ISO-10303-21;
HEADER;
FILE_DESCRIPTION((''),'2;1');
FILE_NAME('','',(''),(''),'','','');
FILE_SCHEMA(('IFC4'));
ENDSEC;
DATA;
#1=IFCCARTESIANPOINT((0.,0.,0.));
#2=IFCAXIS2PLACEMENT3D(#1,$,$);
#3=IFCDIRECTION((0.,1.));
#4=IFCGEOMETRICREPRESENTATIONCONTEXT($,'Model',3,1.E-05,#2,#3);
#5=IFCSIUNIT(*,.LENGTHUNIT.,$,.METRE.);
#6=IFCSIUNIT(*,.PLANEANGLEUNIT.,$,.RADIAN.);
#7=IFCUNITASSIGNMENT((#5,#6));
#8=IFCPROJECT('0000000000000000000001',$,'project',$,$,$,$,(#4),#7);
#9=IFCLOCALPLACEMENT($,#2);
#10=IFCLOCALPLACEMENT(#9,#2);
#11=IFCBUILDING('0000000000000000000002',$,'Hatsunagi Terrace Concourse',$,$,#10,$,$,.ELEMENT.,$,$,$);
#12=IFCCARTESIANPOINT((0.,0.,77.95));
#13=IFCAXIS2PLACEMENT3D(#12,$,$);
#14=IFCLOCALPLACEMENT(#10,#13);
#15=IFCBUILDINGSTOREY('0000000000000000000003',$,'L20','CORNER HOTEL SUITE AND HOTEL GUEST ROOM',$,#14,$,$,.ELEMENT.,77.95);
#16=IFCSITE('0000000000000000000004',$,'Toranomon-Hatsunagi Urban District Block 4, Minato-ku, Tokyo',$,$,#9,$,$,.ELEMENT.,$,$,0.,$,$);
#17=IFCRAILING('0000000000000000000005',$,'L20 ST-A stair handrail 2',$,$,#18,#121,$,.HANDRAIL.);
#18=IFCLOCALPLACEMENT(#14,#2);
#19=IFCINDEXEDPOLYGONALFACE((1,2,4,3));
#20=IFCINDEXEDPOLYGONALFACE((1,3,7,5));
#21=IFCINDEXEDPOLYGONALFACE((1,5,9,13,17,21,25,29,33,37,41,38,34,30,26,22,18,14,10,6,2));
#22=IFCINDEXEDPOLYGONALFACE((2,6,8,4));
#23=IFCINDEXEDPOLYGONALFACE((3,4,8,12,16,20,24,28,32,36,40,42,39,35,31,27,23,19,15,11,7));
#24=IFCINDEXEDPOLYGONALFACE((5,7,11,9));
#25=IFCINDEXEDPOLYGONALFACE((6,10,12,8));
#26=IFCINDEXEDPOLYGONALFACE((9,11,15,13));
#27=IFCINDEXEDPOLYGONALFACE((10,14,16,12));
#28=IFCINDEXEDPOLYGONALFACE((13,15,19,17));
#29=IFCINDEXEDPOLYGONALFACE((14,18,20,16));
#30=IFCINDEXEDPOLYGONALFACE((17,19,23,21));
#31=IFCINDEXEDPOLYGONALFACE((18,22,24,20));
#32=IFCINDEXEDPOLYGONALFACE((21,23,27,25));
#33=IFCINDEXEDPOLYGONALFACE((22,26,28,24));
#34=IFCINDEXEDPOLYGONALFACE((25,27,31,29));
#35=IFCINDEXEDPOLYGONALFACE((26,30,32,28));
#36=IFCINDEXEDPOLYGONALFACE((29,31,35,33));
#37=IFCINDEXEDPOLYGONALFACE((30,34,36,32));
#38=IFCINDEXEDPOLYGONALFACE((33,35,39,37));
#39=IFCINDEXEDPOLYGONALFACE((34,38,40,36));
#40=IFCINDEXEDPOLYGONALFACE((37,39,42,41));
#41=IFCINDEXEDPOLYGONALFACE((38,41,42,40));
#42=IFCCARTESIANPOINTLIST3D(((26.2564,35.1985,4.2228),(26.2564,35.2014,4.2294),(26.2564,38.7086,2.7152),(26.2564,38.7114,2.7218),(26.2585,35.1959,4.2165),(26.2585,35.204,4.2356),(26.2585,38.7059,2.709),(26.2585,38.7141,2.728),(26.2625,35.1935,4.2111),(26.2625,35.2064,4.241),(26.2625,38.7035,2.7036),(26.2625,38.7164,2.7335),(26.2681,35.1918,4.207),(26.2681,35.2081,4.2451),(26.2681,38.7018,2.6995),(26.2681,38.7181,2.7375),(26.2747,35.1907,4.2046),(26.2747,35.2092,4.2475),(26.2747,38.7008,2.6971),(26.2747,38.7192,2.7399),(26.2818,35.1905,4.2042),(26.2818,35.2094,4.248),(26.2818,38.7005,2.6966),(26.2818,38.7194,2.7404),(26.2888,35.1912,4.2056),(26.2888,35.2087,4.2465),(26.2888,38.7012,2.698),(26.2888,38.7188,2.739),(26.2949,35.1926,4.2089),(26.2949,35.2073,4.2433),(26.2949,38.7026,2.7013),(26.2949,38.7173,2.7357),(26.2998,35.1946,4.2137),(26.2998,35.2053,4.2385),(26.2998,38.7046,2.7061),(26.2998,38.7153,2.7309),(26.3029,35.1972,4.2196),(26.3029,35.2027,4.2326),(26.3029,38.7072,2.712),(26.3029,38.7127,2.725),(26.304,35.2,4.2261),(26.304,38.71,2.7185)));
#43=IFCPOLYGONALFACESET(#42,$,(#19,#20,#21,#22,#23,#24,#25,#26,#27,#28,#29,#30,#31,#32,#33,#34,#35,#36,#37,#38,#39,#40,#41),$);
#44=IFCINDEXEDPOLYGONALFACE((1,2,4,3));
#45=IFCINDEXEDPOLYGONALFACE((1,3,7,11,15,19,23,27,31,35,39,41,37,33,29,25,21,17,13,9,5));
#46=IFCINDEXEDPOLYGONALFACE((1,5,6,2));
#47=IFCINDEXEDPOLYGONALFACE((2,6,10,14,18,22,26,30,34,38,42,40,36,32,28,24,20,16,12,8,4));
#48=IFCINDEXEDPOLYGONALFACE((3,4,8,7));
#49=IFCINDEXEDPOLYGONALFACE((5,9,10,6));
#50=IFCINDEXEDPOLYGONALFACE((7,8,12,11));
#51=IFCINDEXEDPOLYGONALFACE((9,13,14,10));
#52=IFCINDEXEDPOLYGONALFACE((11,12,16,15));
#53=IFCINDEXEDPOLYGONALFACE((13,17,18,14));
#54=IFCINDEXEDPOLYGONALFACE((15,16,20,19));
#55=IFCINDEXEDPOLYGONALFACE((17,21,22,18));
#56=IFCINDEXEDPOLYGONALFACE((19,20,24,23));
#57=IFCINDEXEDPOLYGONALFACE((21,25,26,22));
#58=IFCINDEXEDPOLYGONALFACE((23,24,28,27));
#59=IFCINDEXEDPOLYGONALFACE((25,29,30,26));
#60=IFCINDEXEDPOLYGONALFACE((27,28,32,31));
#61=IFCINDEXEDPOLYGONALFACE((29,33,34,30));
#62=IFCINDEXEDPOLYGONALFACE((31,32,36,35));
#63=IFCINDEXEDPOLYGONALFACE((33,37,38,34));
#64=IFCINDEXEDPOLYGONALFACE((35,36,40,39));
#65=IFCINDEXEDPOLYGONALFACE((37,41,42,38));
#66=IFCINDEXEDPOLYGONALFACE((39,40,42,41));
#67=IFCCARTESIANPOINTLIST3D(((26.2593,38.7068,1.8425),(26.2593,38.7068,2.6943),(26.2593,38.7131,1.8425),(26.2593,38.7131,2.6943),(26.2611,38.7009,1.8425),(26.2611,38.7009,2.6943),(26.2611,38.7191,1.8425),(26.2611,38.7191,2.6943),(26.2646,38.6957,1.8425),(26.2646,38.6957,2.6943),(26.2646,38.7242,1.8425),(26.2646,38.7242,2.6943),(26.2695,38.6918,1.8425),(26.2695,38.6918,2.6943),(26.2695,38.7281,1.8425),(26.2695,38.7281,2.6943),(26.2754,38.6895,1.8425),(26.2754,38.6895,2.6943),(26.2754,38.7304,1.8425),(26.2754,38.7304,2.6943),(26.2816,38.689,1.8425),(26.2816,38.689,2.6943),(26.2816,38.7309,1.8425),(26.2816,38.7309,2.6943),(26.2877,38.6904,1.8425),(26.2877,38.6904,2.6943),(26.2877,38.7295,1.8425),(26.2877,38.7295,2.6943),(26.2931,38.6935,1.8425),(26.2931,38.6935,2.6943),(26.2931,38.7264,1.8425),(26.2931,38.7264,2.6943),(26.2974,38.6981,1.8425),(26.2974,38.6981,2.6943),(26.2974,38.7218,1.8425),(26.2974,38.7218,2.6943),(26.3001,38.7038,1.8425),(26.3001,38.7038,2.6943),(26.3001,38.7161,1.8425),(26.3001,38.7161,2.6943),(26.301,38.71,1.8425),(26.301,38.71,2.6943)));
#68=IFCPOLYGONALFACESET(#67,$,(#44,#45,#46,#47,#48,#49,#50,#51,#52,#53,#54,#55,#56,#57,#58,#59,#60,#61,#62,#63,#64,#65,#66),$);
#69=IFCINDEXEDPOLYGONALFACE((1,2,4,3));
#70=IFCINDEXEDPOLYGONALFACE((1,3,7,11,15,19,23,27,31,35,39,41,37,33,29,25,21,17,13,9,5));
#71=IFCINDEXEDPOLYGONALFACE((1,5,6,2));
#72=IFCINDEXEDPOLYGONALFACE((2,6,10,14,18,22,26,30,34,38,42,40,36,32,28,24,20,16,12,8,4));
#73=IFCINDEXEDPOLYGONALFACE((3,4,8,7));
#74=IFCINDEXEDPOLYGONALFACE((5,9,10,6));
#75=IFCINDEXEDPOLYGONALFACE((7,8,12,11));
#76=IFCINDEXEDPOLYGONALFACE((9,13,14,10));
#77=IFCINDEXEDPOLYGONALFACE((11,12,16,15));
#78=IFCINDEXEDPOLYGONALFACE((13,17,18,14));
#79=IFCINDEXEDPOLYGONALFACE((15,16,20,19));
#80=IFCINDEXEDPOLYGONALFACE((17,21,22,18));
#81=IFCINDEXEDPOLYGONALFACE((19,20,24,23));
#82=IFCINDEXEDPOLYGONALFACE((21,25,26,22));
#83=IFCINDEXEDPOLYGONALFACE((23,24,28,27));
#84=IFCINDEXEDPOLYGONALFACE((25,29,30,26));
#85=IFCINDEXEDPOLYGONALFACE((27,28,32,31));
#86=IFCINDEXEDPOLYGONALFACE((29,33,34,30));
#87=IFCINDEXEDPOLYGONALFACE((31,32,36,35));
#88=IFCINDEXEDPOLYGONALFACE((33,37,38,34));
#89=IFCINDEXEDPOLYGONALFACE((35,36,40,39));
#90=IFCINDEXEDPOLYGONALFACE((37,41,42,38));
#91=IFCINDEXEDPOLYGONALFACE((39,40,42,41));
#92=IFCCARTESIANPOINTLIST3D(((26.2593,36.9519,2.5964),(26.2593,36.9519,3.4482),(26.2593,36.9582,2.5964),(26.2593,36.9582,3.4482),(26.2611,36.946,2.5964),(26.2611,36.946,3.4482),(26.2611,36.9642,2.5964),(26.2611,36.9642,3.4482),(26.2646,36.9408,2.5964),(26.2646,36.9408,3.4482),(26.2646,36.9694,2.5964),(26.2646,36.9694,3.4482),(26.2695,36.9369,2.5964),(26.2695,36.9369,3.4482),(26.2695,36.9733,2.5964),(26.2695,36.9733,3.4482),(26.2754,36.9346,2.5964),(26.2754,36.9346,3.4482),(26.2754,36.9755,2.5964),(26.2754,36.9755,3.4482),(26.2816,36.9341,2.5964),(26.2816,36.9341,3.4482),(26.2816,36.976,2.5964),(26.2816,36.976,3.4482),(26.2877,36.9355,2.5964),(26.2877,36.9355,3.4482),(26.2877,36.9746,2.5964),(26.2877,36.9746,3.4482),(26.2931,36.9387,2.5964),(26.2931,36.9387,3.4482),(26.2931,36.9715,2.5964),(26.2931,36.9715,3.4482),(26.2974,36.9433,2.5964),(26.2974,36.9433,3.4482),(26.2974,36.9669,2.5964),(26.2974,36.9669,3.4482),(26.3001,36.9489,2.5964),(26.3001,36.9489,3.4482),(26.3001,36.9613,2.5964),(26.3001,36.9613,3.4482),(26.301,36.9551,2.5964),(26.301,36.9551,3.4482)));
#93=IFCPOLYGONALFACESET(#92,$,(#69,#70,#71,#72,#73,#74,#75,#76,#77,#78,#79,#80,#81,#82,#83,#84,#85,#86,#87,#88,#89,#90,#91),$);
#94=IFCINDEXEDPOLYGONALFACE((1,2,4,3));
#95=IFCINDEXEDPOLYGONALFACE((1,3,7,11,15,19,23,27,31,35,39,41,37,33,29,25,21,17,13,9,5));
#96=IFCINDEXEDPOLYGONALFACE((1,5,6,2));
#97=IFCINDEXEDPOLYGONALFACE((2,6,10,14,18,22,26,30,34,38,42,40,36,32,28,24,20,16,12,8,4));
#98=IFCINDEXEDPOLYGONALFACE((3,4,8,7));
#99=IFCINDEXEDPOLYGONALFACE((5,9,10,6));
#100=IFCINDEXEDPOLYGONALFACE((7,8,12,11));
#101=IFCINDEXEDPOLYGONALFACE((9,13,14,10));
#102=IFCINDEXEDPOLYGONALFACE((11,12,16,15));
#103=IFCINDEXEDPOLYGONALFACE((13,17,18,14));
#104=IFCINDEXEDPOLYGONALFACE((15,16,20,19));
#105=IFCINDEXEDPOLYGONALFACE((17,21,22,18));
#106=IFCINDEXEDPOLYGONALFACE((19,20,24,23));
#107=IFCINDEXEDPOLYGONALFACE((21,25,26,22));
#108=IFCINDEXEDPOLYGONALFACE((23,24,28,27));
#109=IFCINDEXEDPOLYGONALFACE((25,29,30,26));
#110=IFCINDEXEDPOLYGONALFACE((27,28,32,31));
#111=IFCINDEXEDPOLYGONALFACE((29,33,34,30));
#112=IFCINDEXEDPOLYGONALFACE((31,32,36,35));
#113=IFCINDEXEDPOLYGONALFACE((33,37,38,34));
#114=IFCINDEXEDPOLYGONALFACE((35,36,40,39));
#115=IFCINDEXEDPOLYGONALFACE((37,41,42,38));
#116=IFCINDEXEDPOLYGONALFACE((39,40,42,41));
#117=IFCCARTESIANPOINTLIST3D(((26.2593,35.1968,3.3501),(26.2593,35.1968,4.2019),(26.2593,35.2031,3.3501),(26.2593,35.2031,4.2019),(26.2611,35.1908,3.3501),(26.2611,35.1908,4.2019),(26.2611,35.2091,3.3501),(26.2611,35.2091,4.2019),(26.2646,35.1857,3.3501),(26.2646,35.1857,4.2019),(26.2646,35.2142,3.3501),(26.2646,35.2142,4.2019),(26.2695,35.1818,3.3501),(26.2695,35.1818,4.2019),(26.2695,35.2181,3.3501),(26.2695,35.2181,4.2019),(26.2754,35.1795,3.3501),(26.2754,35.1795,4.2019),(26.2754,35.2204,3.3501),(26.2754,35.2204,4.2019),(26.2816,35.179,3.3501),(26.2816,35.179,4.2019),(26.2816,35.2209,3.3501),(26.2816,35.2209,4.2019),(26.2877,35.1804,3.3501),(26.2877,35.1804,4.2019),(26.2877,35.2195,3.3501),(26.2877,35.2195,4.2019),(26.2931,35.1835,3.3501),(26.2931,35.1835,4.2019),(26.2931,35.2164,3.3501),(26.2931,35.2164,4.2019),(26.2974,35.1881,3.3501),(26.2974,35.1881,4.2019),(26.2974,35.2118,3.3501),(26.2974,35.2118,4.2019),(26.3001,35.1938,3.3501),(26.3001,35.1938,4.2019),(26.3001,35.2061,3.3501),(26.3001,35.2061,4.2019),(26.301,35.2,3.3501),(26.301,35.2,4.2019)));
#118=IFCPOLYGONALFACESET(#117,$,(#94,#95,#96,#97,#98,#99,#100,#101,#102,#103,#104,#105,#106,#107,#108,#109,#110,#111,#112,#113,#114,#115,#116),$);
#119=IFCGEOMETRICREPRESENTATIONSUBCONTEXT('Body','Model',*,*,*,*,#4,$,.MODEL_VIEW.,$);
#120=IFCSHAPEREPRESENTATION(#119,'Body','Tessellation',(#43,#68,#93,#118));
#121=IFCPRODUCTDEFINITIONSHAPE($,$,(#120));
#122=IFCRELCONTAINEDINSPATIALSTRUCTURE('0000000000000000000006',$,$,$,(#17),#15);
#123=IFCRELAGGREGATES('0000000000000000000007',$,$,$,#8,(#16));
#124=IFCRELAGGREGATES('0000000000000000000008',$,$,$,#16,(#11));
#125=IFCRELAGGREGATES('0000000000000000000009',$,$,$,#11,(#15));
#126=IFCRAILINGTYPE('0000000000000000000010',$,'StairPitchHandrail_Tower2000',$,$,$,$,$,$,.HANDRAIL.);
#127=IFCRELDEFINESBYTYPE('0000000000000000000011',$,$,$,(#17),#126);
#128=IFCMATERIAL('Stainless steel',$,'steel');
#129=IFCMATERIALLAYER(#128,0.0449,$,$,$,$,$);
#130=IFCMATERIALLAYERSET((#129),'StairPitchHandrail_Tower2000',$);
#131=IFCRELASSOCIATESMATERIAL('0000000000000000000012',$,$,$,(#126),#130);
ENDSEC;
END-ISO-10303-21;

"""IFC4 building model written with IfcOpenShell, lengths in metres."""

from ifc_helpers import new_model, si_unit, direction, frame, origin, origin_2d, place, context, subcontext, project, spatial, circle, extrude, material, layer, layer_set, type_object, element, save


model = new_model("IFC4")

# Units and contexts
model_context = context("Model", 3, precision=1e-05, world=origin(), true_north=direction((0.0, 1.0)))
body_context = subcontext(model_context, "Body", "Model", "MODEL_VIEW")
ifc_project = project(units=[si_unit("LENGTHUNIT", "METRE"), si_unit("PLANEANGLEUNIT", "RADIAN")], contexts=[model_context])

# Site, building, storey
site_placement = place(None, origin())
site = spatial("IfcSite", under=ifc_project, at=site_placement, Name="Toranomon-Hatsunagi Urban District Block 4, Minato-ku, Tokyo", CompositionType="ELEMENT", RefElevation=0.0)
building_placement = place(site_placement, origin())
building = spatial("IfcBuilding", under=site, at=building_placement, Name="Hatsunagi Terrace Concourse", CompositionType="ELEMENT")
storey_placement = place(building_placement, frame((0.0, 0.0, 77.95)))
storey = spatial("IfcBuildingStorey", under=building, at=storey_placement, Name="L20", Description="CORNER HOTEL SUITE AND HOTEL GUEST ROOM", CompositionType="ELEMENT", Elevation=77.95)

# Railing
ifc_material_1 = material(Name="Stainless steel", Category="steel")
ifc_layer_1 = layer(ifc_material_1, 0.0449)
ifc_layer_set_1 = layer_set([ifc_layer_1], Name="StairPitchHandrail_Tower2000")
railing_type_1 = type_object("IfcRailingType", Name="StairPitchHandrail_Tower2000", PredefinedType="HANDRAIL", material=ifc_layer_set_1)
railing_1_placement = place(storey_placement, frame((26.28, 38.71, 1.8425)))
element("IfcRailing", 1, at=railing_1_placement, inside=storey, type_object=railing_type_1, Name="L20 ST-A stair handrail 2", PredefinedType="HANDRAIL", context=body_context, shape_type="SweptSolid", body=[
    extrude(circle(Radius=0.0239, at=origin_2d()), frame((0.0, 0.0, 0.876), z_axis=(0.0, -0.918834, 0.394644), x_axis=(1.0, 0.0, 0.0)), (0.0, 0.0, 1.0), 3.8201),
    extrude(circle(Radius=0.021, at=origin_2d()), origin(), (0.0, 0.0, 1.0), 0.8518),
    extrude(circle(Radius=0.021, at=origin_2d()), frame((0.0, -1.7549, 0.7539)), (0.0, 0.0, 1.0), 0.8518),
    extrude(circle(Radius=0.021, at=origin_2d()), frame((0.0, -3.51, 1.5076)), (0.0, 0.0, 1.0), 0.8518),
])

save(model, "model.ifc")
